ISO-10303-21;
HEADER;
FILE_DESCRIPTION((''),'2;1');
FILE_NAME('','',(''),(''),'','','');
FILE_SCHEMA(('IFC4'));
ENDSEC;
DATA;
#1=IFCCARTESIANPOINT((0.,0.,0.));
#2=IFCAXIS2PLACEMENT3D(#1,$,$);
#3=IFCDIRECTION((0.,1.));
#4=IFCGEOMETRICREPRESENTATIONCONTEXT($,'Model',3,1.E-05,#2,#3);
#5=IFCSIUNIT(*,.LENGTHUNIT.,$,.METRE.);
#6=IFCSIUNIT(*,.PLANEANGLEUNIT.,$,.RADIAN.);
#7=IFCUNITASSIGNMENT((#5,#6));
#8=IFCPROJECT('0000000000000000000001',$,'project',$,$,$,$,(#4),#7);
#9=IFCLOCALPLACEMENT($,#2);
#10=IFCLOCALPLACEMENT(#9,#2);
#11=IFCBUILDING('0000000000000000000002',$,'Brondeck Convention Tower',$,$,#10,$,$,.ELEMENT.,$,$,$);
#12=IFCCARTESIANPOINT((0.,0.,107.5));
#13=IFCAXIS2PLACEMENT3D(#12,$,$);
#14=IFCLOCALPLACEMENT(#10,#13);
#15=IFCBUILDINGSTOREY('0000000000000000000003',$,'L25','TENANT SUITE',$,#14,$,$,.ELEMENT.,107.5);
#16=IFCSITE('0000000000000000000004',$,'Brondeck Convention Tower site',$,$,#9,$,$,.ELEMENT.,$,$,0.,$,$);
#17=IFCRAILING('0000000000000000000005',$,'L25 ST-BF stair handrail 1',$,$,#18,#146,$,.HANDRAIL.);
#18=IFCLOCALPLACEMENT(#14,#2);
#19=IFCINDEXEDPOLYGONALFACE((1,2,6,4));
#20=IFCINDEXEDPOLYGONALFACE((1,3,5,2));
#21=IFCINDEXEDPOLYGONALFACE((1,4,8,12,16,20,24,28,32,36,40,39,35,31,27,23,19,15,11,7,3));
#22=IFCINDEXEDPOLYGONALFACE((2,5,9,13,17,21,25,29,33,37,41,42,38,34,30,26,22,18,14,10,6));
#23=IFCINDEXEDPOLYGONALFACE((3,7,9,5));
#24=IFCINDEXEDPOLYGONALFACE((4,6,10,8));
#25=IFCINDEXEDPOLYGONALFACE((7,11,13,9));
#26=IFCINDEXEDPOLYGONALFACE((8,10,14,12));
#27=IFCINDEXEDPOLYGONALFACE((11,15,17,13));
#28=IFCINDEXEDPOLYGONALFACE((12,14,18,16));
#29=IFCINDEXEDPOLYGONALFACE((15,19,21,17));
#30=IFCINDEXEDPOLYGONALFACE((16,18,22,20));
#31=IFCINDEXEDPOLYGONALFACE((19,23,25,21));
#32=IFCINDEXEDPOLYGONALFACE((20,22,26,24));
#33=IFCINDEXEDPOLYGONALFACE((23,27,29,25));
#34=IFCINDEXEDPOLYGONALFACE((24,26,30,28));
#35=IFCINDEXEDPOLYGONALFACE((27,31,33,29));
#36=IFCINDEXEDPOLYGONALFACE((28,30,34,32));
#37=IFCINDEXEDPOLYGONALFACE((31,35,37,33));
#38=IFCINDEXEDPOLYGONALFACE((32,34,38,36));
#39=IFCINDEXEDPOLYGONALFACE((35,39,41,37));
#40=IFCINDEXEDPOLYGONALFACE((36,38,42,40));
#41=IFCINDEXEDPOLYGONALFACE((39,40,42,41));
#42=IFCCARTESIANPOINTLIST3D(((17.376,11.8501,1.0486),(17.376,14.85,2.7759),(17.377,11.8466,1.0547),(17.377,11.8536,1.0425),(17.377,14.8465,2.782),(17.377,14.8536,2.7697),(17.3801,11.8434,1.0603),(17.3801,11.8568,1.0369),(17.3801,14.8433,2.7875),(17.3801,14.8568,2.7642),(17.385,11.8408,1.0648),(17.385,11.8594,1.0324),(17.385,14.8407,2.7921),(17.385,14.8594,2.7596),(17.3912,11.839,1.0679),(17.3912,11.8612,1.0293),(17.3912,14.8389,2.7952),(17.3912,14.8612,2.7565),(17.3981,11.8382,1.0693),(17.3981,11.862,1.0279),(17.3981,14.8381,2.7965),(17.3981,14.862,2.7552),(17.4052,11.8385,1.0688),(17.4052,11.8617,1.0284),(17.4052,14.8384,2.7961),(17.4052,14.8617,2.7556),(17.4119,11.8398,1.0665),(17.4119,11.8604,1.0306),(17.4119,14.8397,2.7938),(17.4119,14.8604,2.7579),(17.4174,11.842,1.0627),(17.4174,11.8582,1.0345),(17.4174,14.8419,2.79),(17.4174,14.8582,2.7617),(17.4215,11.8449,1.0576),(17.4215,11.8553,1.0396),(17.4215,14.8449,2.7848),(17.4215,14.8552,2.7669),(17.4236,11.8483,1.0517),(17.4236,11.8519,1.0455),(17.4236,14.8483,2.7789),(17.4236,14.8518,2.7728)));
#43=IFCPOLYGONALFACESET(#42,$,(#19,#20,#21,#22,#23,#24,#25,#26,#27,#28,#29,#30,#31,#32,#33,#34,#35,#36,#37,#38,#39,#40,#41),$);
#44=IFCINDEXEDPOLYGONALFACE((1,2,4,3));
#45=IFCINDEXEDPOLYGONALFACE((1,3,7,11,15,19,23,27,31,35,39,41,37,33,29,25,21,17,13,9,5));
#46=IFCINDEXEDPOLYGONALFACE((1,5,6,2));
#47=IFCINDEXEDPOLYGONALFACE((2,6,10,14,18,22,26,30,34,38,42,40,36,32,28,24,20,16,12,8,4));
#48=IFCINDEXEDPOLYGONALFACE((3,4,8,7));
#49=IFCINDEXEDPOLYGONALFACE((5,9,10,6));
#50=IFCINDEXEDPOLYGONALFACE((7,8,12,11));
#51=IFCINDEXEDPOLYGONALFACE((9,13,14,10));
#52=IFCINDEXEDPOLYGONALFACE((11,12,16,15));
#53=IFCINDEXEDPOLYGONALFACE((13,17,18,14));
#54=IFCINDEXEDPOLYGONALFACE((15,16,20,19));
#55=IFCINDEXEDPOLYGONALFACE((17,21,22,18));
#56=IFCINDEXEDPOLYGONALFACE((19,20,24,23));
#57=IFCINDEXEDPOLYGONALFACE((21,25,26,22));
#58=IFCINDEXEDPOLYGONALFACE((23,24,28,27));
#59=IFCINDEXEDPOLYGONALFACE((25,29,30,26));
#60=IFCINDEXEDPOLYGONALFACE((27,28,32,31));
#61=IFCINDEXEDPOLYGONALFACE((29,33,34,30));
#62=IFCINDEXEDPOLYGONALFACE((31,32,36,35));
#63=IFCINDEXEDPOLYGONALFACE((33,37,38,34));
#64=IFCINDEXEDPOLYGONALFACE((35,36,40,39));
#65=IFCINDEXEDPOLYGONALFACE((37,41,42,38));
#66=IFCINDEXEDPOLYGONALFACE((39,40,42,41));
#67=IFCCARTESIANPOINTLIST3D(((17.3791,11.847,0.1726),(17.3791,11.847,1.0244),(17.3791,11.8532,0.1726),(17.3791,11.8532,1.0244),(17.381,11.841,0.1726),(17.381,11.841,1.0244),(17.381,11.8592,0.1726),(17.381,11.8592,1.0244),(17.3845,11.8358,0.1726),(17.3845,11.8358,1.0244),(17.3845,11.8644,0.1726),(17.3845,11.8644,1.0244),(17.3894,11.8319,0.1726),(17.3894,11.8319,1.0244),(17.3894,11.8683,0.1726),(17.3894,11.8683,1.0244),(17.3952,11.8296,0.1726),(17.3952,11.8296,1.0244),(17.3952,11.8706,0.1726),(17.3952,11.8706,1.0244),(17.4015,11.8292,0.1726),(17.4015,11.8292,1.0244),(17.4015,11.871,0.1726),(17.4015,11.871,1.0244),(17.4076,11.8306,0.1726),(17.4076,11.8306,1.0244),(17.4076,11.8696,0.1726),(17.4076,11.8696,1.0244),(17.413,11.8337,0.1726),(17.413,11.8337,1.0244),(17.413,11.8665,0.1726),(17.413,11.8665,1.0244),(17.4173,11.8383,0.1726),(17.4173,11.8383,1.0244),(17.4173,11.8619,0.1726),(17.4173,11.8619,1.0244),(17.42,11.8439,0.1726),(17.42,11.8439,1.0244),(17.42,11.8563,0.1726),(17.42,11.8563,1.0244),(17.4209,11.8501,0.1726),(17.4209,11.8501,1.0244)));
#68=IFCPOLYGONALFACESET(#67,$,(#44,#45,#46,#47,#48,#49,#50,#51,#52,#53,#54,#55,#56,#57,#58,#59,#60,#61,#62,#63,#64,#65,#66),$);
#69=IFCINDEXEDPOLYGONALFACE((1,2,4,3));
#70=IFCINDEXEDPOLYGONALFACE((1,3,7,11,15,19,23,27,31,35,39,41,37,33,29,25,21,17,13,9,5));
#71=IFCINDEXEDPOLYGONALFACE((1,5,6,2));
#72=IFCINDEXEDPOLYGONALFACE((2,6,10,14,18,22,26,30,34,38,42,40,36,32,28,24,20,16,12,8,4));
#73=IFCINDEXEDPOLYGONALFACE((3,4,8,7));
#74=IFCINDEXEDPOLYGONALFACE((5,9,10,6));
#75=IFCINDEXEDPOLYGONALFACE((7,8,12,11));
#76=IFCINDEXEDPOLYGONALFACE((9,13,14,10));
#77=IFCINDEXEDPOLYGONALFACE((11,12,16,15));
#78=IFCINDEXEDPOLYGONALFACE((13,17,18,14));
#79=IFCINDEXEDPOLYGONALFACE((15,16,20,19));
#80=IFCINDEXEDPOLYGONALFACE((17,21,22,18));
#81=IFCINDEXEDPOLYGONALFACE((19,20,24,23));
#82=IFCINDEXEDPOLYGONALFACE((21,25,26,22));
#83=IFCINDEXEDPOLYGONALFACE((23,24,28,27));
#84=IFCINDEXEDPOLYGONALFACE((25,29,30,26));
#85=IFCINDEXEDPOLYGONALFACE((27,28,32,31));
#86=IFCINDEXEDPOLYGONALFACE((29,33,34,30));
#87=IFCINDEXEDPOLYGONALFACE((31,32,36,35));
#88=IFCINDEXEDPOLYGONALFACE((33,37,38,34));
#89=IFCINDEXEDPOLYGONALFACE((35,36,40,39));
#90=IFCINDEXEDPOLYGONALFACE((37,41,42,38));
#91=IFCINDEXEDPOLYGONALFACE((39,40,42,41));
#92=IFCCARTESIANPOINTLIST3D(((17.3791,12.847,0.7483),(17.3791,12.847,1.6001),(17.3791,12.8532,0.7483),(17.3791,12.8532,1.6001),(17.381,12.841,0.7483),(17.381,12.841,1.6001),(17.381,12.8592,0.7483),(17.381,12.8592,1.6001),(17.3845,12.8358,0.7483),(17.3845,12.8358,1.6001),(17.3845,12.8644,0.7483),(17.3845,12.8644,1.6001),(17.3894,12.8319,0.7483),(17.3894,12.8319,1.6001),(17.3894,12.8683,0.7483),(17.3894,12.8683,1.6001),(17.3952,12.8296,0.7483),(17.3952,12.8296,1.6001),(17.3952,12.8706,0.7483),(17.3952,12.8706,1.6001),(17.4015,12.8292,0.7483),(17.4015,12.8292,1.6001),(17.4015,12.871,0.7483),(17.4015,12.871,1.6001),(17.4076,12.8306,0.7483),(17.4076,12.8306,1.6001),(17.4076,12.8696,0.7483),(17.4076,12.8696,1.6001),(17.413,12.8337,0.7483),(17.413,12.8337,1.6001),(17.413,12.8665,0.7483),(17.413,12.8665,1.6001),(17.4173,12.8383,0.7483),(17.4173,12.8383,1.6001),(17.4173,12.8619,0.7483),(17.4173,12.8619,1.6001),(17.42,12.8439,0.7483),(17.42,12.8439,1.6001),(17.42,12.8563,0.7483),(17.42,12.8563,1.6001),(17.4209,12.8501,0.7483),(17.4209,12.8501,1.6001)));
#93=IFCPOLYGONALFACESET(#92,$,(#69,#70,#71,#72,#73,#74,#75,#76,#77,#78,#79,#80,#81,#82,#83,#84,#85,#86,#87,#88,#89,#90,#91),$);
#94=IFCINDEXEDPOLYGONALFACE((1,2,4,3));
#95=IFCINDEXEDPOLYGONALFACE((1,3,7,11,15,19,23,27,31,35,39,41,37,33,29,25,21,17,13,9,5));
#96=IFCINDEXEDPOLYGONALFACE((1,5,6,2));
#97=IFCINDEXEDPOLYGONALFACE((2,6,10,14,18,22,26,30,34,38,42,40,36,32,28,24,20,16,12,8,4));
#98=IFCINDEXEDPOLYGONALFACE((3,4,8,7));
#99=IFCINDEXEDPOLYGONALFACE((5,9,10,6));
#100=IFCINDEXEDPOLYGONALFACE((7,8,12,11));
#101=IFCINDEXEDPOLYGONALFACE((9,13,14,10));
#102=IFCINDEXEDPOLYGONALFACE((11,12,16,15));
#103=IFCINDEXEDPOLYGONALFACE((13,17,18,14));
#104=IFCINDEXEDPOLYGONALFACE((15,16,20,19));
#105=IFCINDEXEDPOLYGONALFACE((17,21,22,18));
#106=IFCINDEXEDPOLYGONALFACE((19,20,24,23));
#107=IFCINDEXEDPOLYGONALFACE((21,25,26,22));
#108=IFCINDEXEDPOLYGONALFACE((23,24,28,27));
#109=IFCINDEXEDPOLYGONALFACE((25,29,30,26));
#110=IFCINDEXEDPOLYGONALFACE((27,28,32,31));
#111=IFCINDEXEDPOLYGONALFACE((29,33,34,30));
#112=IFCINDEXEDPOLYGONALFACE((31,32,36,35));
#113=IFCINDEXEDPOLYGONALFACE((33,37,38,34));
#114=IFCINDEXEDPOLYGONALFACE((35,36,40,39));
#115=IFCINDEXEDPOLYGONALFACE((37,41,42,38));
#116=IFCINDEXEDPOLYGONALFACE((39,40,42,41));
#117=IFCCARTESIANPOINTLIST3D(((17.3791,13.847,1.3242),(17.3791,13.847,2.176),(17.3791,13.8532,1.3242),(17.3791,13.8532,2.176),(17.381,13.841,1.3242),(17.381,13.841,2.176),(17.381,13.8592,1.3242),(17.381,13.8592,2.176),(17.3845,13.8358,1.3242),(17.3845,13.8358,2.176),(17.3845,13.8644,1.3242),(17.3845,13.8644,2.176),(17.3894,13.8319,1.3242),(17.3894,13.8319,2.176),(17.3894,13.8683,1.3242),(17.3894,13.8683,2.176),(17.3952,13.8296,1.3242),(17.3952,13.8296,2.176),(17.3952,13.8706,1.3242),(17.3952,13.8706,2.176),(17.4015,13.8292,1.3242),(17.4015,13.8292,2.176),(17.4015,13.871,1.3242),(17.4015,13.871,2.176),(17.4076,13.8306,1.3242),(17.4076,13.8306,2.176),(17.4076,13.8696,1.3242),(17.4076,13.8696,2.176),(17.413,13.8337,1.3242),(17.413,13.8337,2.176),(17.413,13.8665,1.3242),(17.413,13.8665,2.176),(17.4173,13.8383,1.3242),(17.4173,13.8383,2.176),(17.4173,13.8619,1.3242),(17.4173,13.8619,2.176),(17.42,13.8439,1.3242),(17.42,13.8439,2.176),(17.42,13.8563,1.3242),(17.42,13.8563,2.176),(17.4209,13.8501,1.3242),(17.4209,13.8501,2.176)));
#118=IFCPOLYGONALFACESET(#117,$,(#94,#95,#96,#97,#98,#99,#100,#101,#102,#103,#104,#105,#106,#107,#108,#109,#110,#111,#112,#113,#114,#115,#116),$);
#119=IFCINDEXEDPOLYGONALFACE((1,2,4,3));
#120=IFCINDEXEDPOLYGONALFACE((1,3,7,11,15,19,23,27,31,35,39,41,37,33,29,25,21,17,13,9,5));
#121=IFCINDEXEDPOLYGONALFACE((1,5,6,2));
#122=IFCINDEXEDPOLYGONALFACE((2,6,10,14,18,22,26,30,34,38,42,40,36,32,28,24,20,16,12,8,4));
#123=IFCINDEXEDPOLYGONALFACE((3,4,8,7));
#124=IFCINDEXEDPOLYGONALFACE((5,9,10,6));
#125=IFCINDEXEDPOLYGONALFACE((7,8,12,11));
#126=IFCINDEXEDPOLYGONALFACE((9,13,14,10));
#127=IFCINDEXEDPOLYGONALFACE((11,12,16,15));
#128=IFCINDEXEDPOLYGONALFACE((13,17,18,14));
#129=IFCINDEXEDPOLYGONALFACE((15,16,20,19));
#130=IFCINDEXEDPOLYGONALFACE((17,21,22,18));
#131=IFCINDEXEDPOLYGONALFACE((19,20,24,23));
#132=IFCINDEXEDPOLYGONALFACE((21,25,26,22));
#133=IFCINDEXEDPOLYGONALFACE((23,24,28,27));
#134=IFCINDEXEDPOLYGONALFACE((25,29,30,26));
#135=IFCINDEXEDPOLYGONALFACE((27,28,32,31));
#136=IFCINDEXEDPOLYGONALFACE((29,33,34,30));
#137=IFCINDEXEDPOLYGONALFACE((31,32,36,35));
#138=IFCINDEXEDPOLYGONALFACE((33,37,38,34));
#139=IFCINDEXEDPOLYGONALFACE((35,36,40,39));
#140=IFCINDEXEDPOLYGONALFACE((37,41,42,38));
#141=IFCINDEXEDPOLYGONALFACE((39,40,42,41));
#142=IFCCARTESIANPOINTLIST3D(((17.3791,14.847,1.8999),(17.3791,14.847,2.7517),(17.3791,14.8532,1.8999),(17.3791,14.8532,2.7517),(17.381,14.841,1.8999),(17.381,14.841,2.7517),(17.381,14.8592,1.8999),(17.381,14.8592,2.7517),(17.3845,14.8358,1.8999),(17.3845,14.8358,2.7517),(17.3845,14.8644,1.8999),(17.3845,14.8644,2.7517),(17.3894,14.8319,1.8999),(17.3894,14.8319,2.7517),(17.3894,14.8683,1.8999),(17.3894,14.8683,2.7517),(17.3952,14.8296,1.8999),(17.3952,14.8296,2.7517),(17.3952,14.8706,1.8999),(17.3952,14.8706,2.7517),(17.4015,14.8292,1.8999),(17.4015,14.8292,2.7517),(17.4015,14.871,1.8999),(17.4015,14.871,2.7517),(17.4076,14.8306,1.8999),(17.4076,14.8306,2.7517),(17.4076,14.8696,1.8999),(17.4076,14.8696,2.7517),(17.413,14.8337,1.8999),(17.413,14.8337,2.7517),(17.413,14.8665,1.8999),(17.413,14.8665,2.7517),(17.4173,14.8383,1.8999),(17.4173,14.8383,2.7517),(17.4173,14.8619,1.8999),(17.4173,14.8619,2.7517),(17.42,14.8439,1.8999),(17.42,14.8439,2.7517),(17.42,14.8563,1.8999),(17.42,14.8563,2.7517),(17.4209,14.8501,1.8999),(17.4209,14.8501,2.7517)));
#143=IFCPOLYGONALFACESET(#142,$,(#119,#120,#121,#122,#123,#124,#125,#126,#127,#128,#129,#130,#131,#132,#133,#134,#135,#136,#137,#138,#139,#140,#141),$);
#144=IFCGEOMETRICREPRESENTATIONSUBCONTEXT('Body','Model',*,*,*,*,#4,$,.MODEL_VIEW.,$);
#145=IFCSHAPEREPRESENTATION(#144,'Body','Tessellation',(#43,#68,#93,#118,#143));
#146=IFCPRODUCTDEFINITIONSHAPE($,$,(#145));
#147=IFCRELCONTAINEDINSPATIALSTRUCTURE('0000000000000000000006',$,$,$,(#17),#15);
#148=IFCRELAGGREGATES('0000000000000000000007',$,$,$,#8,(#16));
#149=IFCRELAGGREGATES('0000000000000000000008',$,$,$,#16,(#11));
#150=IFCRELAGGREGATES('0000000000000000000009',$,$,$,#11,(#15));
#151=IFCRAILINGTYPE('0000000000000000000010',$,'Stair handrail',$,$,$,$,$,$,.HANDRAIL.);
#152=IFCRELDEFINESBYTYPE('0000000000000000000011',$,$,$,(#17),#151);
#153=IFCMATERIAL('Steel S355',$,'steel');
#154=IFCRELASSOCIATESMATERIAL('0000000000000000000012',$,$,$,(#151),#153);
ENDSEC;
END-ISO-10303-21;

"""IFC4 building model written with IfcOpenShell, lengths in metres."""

from ifc_helpers import new_model, si_unit, direction, frame, origin, origin_2d, place, context, subcontext, project, spatial, circle, extrude, material, type_object, element, save


model = new_model("IFC4")

# Units and contexts
model_context = context("Model", 3, precision=1e-05, world=origin(), true_north=direction((0.0, 1.0)))
body_context = subcontext(model_context, "Body", "Model", "MODEL_VIEW")
ifc_project = project(units=[si_unit("LENGTHUNIT", "METRE"), si_unit("PLANEANGLEUNIT", "RADIAN")], contexts=[model_context])

# Site, building, storey
site_placement = place(None, origin())
site = spatial("IfcSite", under=ifc_project, at=site_placement, Name="Brondeck Convention Tower site", CompositionType="ELEMENT", RefElevation=0.0)
building_placement = place(site_placement, origin())
building = spatial("IfcBuilding", under=site, at=building_placement, Name="Brondeck Convention Tower", CompositionType="ELEMENT")
storey_placement = place(building_placement, frame((0.0, 0.0, 107.5)))
storey = spatial("IfcBuildingStorey", under=building, at=storey_placement, Name="L25", Description="TENANT SUITE", CompositionType="ELEMENT", Elevation=107.5)

# Shared definitions
ifc_material_1 = material(Name="Steel S355", Category="steel")

# Railing
railing_type_1 = type_object("IfcRailingType", Name="Stair handrail", PredefinedType="HANDRAIL", material=ifc_material_1)
railing_1_placement = place(storey_placement, frame((17.3999, 11.8501, 0.1726)))
element("IfcRailing", 1, at=railing_1_placement, inside=storey, type_object=railing_type_1, Name="L25 ST-BF stair handrail 1", PredefinedType="HANDRAIL", context=body_context, shape_type="SweptSolid", body=[
    extrude(circle(Radius=0.0239, at=origin_2d()), frame((0.0, 0.0, 0.876), z_axis=(0.0, 0.86662, 0.498969), x_axis=(-1.0, 0.0, 0.0)), (0.0, 0.0, 1.0), 3.4617),
    extrude(circle(Radius=0.021, at=origin_2d()), origin(), (0.0, 0.0, 1.0), 0.8518),
    extrude(circle(Radius=0.021, at=origin_2d()), frame((0.0, 1.0, 0.5757)), (0.0, 0.0, 1.0), 0.8518),
    extrude(circle(Radius=0.021, at=origin_2d()), frame((0.0, 2.0, 1.1516)), (0.0, 0.0, 1.0), 0.8518),
    extrude(circle(Radius=0.021, at=origin_2d()), frame((0.0, 3.0, 1.7273)), (0.0, 0.0, 1.0), 0.8518),
])

save(model, "model.ifc")
